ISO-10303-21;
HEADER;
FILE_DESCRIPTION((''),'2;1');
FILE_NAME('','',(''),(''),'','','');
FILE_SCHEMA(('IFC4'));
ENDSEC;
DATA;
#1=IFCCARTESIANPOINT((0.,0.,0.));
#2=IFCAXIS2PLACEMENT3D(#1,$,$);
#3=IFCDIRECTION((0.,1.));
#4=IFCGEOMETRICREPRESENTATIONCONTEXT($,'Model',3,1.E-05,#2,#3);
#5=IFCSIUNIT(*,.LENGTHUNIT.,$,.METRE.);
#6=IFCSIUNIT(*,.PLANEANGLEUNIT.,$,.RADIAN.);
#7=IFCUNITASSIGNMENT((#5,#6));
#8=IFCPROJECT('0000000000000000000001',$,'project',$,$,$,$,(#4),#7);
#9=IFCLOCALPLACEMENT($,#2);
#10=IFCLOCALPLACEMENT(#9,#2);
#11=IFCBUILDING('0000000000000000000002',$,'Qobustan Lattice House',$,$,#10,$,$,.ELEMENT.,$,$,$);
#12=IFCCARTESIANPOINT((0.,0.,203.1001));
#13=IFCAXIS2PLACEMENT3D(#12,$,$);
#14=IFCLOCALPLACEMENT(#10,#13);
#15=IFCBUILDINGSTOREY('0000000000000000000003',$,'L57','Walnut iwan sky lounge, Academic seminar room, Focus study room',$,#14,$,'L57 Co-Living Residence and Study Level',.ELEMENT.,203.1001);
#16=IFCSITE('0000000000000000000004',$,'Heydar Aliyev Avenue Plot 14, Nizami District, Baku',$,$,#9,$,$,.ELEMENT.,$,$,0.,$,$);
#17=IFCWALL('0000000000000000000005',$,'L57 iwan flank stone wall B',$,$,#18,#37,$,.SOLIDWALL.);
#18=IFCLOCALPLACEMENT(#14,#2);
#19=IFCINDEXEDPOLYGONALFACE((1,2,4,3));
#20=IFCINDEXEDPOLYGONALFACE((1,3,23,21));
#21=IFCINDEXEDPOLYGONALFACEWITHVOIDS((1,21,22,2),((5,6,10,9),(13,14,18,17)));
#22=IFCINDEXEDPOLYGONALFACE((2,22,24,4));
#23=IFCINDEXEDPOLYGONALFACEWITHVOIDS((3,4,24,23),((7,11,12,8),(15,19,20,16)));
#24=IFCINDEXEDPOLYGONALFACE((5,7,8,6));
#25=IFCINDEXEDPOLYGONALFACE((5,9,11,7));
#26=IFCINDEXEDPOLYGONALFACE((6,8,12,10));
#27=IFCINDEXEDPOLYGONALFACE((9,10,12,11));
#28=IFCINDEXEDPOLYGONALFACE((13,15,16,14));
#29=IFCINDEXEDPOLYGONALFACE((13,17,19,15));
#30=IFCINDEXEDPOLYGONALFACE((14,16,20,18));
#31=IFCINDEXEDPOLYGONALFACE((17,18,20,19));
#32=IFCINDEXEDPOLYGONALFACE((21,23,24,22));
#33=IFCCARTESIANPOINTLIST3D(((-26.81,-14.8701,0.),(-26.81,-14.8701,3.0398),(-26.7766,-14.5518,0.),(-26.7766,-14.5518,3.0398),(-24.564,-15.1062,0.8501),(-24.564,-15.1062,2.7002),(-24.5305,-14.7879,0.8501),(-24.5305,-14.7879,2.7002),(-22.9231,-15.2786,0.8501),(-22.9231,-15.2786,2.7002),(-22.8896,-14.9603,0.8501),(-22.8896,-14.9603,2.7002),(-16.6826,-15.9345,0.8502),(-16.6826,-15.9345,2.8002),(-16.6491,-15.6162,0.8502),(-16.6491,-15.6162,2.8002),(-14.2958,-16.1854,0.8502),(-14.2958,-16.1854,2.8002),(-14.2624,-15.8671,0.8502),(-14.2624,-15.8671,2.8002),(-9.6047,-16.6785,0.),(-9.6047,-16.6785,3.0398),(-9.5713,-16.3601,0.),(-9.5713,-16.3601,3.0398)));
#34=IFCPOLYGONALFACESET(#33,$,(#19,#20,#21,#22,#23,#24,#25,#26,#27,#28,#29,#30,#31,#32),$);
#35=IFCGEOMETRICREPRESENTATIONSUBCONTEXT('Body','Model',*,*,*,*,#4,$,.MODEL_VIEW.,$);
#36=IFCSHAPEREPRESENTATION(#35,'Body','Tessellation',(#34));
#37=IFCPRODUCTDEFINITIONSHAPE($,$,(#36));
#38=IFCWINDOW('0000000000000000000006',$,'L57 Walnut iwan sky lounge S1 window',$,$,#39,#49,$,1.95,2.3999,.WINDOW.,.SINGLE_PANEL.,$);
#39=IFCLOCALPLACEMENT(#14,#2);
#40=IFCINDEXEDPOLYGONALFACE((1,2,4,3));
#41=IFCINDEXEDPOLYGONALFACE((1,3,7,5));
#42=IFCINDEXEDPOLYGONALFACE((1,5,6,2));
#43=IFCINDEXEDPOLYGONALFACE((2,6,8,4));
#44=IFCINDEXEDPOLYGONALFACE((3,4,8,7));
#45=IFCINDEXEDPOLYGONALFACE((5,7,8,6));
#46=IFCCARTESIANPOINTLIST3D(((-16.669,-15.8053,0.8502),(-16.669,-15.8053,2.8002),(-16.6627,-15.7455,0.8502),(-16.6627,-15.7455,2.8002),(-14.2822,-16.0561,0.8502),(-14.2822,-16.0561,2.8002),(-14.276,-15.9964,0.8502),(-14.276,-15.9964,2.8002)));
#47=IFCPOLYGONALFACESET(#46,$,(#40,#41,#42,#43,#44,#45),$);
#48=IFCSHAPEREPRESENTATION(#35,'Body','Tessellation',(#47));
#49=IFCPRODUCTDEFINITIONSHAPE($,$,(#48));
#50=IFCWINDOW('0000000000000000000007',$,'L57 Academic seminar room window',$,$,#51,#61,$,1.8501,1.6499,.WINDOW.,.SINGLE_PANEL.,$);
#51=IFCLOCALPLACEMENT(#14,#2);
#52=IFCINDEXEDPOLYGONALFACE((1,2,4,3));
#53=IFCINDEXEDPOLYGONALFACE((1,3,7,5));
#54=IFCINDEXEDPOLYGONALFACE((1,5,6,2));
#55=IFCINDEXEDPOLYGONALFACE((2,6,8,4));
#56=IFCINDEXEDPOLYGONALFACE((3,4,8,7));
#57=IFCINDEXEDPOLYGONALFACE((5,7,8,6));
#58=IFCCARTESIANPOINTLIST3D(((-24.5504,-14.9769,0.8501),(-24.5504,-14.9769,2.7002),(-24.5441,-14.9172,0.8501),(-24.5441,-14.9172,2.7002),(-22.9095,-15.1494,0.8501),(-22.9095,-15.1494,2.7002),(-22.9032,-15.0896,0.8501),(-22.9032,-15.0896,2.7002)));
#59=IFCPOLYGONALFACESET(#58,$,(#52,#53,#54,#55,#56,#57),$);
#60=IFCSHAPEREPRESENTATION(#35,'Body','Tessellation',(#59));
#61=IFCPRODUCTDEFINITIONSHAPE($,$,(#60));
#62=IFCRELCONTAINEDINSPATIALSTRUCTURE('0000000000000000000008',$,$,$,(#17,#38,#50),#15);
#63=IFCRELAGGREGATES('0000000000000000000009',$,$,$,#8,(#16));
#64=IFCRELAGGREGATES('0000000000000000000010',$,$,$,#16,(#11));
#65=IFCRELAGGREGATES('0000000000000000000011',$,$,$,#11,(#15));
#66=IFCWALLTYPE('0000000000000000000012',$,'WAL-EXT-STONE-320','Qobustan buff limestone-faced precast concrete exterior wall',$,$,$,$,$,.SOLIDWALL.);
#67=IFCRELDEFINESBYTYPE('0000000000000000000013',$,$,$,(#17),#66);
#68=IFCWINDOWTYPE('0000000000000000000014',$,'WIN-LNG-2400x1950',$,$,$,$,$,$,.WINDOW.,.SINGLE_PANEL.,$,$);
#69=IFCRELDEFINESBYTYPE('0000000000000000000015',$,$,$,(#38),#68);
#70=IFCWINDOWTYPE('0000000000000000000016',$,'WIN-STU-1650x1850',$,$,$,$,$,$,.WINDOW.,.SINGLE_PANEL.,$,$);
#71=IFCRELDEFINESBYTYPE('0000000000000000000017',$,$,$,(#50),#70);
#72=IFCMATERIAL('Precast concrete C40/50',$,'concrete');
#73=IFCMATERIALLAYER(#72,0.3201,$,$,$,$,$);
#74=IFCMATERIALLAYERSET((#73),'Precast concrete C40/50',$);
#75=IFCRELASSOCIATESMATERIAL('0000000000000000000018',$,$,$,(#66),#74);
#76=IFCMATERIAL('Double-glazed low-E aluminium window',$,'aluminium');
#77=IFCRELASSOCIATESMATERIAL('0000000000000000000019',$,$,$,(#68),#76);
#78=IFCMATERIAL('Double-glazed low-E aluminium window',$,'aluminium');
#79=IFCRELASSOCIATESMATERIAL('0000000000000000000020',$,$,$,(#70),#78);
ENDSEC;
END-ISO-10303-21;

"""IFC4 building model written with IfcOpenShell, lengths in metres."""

from ifc_helpers import new_model, si_unit, direction, frame, frame_2d, origin, place, context, subcontext, project, spatial, rectangle, extrude, material, layer, layer_set, type_object, element, fill, save


model = new_model("IFC4")

# Units and contexts
model_context = context("Model", 3, precision=1e-05, world=origin(), true_north=direction((0.0, 1.0)))
body_context = subcontext(model_context, "Body", "Model", "MODEL_VIEW")
ifc_project = project(units=[si_unit("LENGTHUNIT", "METRE"), si_unit("PLANEANGLEUNIT", "RADIAN")], contexts=[model_context])

# Site, building, storey
site_placement = place(None, origin())
site = spatial("IfcSite", under=ifc_project, at=site_placement, Name="Heydar Aliyev Avenue Plot 14, Nizami District, Baku", CompositionType="ELEMENT", RefElevation=0.0)
building_placement = place(site_placement, origin())
building = spatial("IfcBuilding", under=site, at=building_placement, Name="Qobustan Lattice House", CompositionType="ELEMENT")
storey_placement = place(building_placement, frame((0.0, 0.0, 203.1001)))
storey = spatial("IfcBuildingStorey", under=building, at=storey_placement, Name="L57", Description="Walnut iwan sky lounge, Academic seminar room, Focus study room", LongName="L57 Co-Living Residence and Study Level", CompositionType="ELEMENT", Elevation=203.1001)

# Wall, openings, windows
ifc_material_1 = material(Name="Precast concrete C40/50", Category="concrete")
ifc_layer_1 = layer(ifc_material_1, 0.3201)
ifc_layer_set_1 = layer_set([ifc_layer_1], Name="Precast concrete C40/50")
wall_type = type_object("IfcWallType", Name="WAL-EXT-STONE-320", Description="Qobustan buff limestone-faced precast concrete exterior wall", PredefinedType="SOLIDWALL", material=ifc_layer_set_1)
wall_placement = place(storey_placement, frame((-9.5881, -16.5193, 0.0), z_axis=(0.0, 0.0, 1.0), x_axis=(-0.994522, 0.104528, 0.0)))
wall = element("IfcWall", 1, at=wall_placement, inside=storey, type_object=wall_type, Name="L57 iwan flank stone wall B", PredefinedType="SOLIDWALL", context=body_context, shape_type="SweptSolid", body=[
    extrude(rectangle(XDim=17.3, YDim=0.3201, at=frame_2d((8.6499, 0.0))), origin(), (0.0, 0.0, 1.0), 3.0398),
])
opening_1_placement = place(wall_placement, frame((4.7168, 0.0, 0.8501)))
opening_1 = element("IfcOpeningElement", 2, at=opening_1_placement, cuts=wall, PredefinedType="OPENING", context=body_context, shape_type="SweptSolid", body=[
    extrude(rectangle(XDim=2.3999, YDim=1.95, at=frame_2d((1.2, 0.9751))), frame((0.0, 0.1699, 0.0), z_axis=(0.0, -1.0, 0.0), x_axis=(1.0, 0.0, 0.0)), (0.0, 0.0, 1.0), 0.3401),
])
opening_2_placement = place(wall_placement, frame((13.3916, 0.0, 0.8501)))
opening_2 = element("IfcOpeningElement", 3, at=opening_2_placement, cuts=wall, PredefinedType="OPENING", context=body_context, shape_type="SweptSolid", body=[
    extrude(rectangle(XDim=1.6499, YDim=1.8501, at=frame_2d((0.825, 0.925))), frame((0.0, 0.1699, 0.0), z_axis=(0.0, -1.0, 0.0), x_axis=(1.0, 0.0, 0.0)), (0.0, 0.0, 1.0), 0.3401),
])
ifc_material_2 = material(Name="Double-glazed low-E aluminium window", Category="aluminium")
window_type_1 = type_object("IfcWindowType", Name="WIN-LNG-2400x1950", PartitioningType="SINGLE_PANEL", PredefinedType="WINDOW", material=ifc_material_2)
window_1_placement = place(opening_1_placement, origin())
window_1 = element("IfcWindow", 4, at=window_1_placement, inside=storey, type_object=window_type_1, Name="L57 Walnut iwan sky lounge S1 window", OverallHeight=1.95, OverallWidth=2.3999, PartitioningType="SINGLE_PANEL", PredefinedType="WINDOW", context=body_context, shape_type="SweptSolid", body=[
    extrude(rectangle(XDim=2.3999, YDim=1.95, at=frame_2d((1.2, 0.9751))), frame((0.0, 0.03, 0.0), z_axis=(0.0, -1.0, 0.0), x_axis=(1.0, 0.0, 0.0)), (0.0, 0.0, 1.0), 0.0601),
])
fill(opening_1, window_1)
ifc_material_3 = material(Name="Double-glazed low-E aluminium window", Category="aluminium")
window_type_2 = type_object("IfcWindowType", Name="WIN-STU-1650x1850", PartitioningType="SINGLE_PANEL", PredefinedType="WINDOW", material=ifc_material_3)
window_2_placement = place(opening_2_placement, origin())
window_2 = element("IfcWindow", 5, at=window_2_placement, inside=storey, type_object=window_type_2, Name="L57 Academic seminar room window", OverallHeight=1.8501, OverallWidth=1.6499, PartitioningType="SINGLE_PANEL", PredefinedType="WINDOW", context=body_context, shape_type="SweptSolid", body=[
    extrude(rectangle(XDim=1.6499, YDim=1.8501, at=frame_2d((0.825, 0.925))), frame((0.0, 0.03, 0.0), z_axis=(0.0, -1.0, 0.0), x_axis=(1.0, 0.0, 0.0)), (0.0, 0.0, 1.0), 0.0601),
])
fill(opening_2, window_2)

save(model, "model.ifc")
